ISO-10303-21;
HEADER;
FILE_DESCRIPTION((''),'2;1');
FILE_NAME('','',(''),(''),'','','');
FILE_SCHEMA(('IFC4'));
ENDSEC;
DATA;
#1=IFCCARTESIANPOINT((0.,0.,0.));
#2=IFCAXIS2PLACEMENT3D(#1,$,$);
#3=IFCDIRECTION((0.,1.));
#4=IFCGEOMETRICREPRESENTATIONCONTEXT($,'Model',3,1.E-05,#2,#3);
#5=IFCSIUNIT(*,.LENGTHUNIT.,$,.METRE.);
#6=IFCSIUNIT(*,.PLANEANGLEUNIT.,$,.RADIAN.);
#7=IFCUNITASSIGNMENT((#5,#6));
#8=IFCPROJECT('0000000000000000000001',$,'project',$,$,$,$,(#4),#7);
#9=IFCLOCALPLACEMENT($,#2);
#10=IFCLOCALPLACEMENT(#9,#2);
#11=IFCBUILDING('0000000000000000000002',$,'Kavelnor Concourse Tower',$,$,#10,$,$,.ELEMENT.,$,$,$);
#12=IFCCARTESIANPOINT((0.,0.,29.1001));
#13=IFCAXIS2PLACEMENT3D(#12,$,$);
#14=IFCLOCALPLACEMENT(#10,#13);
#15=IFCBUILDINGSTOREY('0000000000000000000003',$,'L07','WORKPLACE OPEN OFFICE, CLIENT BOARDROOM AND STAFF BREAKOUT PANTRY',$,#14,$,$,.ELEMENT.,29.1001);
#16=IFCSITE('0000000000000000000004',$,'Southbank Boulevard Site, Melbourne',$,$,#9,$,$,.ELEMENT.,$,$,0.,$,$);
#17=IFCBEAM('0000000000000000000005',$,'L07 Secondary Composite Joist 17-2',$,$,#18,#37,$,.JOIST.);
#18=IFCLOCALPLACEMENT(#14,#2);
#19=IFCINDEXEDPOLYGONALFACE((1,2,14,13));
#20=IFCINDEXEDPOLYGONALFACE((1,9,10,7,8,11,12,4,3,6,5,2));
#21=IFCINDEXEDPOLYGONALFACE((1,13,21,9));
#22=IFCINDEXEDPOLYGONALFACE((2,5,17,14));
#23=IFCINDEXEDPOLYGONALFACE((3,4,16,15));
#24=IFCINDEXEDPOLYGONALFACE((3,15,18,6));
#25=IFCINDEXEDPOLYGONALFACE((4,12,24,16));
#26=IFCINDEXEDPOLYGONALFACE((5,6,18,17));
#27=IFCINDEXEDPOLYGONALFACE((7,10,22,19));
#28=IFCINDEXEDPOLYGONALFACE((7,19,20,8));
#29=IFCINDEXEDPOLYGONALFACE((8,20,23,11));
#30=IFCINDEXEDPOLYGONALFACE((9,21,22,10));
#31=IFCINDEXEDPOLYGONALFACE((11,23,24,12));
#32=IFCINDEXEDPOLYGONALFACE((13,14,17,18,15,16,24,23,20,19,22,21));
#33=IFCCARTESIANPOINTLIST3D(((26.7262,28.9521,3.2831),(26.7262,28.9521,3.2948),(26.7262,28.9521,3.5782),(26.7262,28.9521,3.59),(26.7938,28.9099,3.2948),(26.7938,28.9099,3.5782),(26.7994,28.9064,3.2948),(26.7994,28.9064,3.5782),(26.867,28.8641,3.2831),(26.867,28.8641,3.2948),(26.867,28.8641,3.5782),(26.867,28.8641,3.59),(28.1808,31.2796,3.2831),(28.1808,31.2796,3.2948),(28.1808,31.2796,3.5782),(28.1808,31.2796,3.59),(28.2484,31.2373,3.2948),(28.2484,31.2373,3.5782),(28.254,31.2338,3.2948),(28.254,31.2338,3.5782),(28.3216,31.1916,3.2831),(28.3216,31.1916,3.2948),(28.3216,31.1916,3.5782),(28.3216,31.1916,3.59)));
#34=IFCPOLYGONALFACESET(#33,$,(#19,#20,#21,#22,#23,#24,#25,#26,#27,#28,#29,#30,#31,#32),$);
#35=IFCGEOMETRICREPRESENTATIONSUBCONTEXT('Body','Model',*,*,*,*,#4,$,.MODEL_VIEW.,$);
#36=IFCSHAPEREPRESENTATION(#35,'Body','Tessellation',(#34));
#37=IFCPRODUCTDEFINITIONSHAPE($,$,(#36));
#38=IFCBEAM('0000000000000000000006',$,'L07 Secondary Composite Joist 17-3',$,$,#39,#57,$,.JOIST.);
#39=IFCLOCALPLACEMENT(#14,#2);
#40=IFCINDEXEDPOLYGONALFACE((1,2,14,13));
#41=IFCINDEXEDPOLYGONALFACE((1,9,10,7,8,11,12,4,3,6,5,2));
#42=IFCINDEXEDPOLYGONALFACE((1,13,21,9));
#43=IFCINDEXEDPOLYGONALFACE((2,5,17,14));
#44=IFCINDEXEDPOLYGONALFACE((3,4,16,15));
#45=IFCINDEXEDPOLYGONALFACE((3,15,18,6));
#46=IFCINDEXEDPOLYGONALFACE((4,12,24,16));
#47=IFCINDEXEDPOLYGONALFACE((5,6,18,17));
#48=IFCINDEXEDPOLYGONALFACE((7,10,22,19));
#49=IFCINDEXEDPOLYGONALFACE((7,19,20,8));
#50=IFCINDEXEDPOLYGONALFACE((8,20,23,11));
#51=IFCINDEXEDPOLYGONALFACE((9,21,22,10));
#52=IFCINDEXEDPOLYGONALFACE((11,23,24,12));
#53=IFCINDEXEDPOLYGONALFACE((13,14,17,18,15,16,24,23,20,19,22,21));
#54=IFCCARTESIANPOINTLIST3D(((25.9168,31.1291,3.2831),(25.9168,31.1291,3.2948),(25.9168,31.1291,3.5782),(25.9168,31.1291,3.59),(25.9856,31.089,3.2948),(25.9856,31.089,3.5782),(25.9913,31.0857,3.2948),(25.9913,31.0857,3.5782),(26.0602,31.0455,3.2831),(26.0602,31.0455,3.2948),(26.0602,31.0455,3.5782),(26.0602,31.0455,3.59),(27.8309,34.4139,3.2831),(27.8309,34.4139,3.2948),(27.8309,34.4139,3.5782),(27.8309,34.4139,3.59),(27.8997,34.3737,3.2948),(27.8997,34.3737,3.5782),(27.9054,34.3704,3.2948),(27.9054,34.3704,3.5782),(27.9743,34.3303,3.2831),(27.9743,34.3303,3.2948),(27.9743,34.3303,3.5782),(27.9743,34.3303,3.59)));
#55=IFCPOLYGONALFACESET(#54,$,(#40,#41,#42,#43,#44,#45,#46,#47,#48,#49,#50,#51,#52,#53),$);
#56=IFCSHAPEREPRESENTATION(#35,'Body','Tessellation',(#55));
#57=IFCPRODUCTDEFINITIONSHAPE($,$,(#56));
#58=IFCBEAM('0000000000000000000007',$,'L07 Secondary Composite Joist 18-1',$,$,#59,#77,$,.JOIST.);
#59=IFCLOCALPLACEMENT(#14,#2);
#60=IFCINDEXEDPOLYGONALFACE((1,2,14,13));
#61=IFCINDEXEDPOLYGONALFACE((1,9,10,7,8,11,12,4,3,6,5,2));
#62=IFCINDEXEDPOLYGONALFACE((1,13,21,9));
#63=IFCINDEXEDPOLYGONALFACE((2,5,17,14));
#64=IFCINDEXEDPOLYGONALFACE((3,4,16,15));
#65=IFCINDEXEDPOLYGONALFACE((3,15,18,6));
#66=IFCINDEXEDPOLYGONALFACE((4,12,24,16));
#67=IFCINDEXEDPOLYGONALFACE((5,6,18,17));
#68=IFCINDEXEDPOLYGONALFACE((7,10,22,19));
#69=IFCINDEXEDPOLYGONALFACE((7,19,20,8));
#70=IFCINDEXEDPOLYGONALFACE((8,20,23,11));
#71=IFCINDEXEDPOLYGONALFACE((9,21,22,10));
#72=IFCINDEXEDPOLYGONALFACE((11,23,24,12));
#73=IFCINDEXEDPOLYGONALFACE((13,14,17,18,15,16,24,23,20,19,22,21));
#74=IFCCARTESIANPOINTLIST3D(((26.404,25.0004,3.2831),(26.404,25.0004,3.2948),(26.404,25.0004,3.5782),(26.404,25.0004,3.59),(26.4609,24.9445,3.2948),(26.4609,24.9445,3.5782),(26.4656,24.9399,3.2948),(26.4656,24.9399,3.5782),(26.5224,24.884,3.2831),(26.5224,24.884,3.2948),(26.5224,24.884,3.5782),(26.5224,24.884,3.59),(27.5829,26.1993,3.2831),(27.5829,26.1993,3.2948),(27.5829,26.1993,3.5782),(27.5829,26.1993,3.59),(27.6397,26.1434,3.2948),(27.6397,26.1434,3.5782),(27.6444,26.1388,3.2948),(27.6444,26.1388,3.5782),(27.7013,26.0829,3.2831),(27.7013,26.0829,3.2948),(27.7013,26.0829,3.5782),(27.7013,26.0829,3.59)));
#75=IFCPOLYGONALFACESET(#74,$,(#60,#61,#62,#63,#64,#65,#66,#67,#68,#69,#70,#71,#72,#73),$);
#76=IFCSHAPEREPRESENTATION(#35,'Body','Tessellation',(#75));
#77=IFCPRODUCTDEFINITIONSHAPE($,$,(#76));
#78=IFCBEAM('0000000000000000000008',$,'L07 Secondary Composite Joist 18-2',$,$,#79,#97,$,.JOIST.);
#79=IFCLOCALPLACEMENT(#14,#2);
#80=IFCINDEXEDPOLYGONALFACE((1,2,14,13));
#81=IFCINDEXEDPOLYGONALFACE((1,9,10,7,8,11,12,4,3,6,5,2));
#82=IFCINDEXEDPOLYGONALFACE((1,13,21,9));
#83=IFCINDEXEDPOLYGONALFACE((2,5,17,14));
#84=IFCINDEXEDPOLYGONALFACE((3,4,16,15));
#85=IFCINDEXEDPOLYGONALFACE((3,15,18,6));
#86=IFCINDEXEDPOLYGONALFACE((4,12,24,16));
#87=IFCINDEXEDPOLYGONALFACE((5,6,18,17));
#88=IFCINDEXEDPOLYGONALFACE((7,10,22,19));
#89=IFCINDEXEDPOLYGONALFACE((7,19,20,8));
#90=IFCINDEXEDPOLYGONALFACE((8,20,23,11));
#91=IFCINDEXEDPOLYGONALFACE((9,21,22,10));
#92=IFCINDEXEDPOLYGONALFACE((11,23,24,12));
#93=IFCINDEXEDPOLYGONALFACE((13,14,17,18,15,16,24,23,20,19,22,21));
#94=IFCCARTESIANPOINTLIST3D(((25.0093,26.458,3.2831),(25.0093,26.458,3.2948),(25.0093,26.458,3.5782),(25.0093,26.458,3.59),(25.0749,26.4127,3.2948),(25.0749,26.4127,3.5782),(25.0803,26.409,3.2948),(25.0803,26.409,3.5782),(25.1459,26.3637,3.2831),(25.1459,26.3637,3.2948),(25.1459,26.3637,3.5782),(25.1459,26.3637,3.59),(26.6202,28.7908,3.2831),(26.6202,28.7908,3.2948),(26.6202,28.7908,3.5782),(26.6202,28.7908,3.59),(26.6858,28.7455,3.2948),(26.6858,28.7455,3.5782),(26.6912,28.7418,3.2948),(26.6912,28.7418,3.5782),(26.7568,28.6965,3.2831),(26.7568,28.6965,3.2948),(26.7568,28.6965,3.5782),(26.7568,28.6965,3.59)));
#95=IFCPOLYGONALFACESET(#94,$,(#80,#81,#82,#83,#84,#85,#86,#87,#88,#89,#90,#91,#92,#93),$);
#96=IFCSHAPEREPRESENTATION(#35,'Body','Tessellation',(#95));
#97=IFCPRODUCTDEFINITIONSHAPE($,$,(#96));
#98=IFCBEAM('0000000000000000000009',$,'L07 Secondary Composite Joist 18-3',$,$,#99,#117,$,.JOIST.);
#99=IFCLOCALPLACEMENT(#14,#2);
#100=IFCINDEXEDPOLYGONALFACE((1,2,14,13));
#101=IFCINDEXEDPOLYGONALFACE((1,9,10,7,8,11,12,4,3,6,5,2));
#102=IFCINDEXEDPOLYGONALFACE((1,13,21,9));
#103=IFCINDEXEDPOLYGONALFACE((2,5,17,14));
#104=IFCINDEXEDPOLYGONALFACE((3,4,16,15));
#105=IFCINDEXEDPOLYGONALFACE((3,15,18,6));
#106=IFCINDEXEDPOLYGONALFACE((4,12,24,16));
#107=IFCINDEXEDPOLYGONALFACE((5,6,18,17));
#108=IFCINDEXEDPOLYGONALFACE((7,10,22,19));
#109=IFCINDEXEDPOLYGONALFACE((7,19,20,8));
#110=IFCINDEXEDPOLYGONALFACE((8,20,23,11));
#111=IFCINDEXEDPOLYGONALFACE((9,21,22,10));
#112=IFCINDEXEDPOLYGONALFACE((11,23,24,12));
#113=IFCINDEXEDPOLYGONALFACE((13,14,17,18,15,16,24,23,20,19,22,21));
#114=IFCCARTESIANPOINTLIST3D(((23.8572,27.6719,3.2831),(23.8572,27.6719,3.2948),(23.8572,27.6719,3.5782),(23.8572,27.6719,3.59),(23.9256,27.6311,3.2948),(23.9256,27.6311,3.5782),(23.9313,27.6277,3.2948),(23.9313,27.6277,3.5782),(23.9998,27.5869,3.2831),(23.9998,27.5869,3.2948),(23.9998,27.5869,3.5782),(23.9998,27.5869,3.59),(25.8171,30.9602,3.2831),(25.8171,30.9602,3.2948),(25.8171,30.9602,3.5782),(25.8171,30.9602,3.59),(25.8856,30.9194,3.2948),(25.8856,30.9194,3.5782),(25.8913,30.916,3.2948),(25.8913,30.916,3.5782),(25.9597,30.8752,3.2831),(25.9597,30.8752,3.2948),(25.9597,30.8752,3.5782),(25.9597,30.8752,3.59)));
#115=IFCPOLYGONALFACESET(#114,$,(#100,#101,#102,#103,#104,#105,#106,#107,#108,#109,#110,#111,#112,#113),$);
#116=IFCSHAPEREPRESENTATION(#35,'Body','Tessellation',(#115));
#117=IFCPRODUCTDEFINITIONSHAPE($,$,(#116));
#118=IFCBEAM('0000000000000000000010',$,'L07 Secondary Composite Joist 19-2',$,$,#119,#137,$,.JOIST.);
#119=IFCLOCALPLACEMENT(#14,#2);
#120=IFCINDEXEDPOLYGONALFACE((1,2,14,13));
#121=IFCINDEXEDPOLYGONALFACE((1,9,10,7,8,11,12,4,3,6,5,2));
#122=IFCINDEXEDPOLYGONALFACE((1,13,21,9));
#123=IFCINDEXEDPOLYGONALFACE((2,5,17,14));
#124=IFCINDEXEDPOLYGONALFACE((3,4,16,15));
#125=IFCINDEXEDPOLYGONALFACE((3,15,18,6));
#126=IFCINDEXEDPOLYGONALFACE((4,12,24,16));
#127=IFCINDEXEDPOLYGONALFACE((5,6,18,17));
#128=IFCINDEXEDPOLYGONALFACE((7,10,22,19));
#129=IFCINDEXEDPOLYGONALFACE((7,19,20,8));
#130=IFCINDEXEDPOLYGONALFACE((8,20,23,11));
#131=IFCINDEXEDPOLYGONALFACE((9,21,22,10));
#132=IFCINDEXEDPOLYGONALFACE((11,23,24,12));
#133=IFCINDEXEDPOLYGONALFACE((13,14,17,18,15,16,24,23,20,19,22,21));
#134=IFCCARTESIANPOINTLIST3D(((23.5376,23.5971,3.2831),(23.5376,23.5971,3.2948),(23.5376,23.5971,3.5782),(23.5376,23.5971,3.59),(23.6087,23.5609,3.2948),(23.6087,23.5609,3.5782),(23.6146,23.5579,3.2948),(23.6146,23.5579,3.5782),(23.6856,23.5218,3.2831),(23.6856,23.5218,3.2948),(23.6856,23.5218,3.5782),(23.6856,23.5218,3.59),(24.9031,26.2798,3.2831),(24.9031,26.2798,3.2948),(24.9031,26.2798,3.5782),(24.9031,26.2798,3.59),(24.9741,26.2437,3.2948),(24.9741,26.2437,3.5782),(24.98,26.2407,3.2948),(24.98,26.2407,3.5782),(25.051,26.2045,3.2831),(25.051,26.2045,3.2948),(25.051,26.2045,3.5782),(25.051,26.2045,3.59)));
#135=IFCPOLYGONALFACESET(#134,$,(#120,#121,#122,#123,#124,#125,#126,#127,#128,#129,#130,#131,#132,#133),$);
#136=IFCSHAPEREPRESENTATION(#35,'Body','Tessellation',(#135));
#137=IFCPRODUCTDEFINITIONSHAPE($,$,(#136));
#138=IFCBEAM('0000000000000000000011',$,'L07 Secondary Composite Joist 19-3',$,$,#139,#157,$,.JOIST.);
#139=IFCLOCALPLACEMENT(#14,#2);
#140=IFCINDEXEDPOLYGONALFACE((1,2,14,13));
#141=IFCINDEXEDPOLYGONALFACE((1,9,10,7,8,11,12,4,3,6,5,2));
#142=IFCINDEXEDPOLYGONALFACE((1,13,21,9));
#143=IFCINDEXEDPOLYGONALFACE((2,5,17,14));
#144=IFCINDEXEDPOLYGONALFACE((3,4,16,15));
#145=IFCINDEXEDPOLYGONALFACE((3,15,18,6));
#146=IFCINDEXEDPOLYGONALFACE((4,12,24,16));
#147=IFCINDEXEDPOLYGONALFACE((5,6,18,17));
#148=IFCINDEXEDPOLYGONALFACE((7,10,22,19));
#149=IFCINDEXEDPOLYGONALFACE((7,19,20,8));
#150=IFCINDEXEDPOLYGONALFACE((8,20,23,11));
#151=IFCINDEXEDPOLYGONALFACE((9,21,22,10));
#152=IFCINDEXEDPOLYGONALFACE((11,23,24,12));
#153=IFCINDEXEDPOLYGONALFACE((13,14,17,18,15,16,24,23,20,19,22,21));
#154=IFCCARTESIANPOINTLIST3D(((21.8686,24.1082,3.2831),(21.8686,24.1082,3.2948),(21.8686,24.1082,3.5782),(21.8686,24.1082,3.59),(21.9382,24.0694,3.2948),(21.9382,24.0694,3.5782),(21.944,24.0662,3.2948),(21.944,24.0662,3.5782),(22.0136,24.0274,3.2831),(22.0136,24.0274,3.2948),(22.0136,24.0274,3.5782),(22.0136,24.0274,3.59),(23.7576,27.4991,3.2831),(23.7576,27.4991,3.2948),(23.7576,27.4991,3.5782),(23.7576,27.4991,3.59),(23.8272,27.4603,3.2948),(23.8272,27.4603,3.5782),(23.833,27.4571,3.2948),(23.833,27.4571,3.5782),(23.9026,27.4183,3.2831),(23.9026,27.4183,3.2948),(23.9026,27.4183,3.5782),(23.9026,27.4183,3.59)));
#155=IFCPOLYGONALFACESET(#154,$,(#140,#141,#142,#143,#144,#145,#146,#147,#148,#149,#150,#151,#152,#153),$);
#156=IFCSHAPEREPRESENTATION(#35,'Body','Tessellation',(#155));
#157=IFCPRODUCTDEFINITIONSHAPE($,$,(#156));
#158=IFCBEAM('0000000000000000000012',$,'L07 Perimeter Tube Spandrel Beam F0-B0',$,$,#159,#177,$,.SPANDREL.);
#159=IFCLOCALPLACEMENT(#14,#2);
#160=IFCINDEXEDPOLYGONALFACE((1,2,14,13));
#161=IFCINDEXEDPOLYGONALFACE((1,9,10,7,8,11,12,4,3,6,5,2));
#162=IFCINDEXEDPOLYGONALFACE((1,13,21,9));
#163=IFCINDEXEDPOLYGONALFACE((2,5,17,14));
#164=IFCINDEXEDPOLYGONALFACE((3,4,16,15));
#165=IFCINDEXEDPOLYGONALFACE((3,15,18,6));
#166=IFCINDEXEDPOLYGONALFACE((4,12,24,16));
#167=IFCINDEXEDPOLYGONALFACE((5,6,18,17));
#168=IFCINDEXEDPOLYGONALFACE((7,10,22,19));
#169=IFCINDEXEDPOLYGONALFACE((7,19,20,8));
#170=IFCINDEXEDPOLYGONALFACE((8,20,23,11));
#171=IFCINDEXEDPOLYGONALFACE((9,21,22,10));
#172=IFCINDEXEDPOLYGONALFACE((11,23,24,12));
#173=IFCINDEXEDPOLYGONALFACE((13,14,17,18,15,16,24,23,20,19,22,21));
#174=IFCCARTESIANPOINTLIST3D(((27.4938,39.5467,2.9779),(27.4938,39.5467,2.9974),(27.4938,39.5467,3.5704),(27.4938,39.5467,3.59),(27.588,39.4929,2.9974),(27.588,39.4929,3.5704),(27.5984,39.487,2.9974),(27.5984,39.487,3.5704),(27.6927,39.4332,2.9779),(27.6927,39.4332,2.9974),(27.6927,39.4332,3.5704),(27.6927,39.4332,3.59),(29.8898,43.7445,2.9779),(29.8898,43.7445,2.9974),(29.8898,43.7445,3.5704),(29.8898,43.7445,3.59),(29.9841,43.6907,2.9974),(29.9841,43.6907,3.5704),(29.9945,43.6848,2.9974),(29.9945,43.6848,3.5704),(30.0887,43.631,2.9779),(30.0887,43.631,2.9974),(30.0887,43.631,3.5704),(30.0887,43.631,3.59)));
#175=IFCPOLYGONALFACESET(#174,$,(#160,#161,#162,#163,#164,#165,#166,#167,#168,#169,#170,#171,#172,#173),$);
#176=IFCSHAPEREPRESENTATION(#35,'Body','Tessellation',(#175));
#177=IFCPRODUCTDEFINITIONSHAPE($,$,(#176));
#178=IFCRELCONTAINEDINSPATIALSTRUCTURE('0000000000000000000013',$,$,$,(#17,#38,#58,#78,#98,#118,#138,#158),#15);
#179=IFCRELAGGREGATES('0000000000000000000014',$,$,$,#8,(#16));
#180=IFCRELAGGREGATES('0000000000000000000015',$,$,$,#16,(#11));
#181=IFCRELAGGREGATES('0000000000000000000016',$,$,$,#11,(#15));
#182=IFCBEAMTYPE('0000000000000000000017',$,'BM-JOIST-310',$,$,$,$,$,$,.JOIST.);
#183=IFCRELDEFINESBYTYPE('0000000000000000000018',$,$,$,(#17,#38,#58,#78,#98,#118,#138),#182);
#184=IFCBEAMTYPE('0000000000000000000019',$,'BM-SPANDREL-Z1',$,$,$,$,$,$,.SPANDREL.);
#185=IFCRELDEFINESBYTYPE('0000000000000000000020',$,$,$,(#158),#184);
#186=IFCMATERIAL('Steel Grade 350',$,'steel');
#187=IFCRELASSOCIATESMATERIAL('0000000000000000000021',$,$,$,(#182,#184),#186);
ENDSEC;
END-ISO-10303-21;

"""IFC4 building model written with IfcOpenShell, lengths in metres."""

from ifc_helpers import new_model, si_unit, direction, frame, origin, origin_2d, place, context, subcontext, project, spatial, i_section, extrude, material, material_profile, profile_set, type_object, element, save


model = new_model("IFC4")

# Units and contexts
model_context = context("Model", 3, precision=1e-05, world=origin(), true_north=direction((0.0, 1.0)))
body_context = subcontext(model_context, "Body", "Model", "MODEL_VIEW")
ifc_project = project(units=[si_unit("LENGTHUNIT", "METRE"), si_unit("PLANEANGLEUNIT", "RADIAN")], contexts=[model_context])

# Site, building, storey
site_placement = place(None, origin())
site = spatial("IfcSite", under=ifc_project, at=site_placement, Name="Southbank Boulevard Site, Melbourne", CompositionType="ELEMENT", RefElevation=0.0)
building_placement = place(site_placement, origin())
building = spatial("IfcBuilding", under=site, at=building_placement, Name="Kavelnor Concourse Tower", CompositionType="ELEMENT")
storey_placement = place(building_placement, frame((0.0, 0.0, 29.1001)))
storey = spatial("IfcBuildingStorey", under=building, at=storey_placement, Name="L07", Description="WORKPLACE OPEN OFFICE, CLIENT BOARDROOM AND STAFF BREAKOUT PANTRY", CompositionType="ELEMENT", Elevation=29.1001)

# Shared definitions
ifc_material_1 = material(Name="Steel Grade 350", Category="steel")

# Beams
ifc_material_profile_1 = material_profile(ifc_material_1, i_section(OverallWidth=0.166, OverallDepth=0.3069, WebThickness=0.0066, FlangeThickness=0.0117, at=origin_2d()), Name="310UB46")
ifc_profile_set_1 = profile_set([ifc_material_profile_1], Name="Steel Grade 350")
beam_type_1 = type_object("IfcBeamType", Name="BM-JOIST-310", PredefinedType="JOIST", material=ifc_profile_set_1)
beam_1_placement = place(storey_placement, frame((28.2512, 31.2356, 3.4365), z_axis=(-0.529991, -0.848003, 0.0), x_axis=(0.848003, -0.529991, 0.0)))
element("IfcBeam", 1, at=beam_1_placement, inside=storey, type_object=beam_type_1, Name="L07 Secondary Composite Joist 17-2", PredefinedType="JOIST", context=body_context, shape_type="SweptSolid", body=[
    extrude(i_section(OverallWidth=0.166, OverallDepth=0.3069, WebThickness=0.0066, FlangeThickness=0.0117, at=origin_2d()), origin(), (0.0, 0.0, 1.0), 2.7446),
])
beam_2_placement = place(storey_placement, frame((27.9026, 34.3721, 3.4365), z_axis=(-0.50348, -0.864007, 0.0), x_axis=(0.864007, -0.50348, 0.0)))
element("IfcBeam", 2, at=beam_2_placement, inside=storey, type_object=beam_type_1, Name="L07 Secondary Composite Joist 17-3", PredefinedType="JOIST", context=body_context, shape_type="SweptSolid", body=[
    extrude(i_section(OverallWidth=0.166, OverallDepth=0.3069, WebThickness=0.0066, FlangeThickness=0.0117, at=origin_2d()), origin(), (0.0, 0.0, 1.0), 3.8018),
])
beam_3_placement = place(storey_placement, frame((27.6421, 26.1411, 3.4365), z_axis=(-0.701129, -0.713035, 0.0), x_axis=(0.713035, -0.701129, 0.0)))
element("IfcBeam", 3, at=beam_3_placement, inside=storey, type_object=beam_type_1, Name="L07 Secondary Composite Joist 18-1", PredefinedType="JOIST", context=body_context, shape_type="SweptSolid", body=[
    extrude(i_section(OverallWidth=0.166, OverallDepth=0.3069, WebThickness=0.0066, FlangeThickness=0.0117, at=origin_2d()), origin(), (0.0, 0.0, 1.0), 1.6814),
])
beam_4_placement = place(storey_placement, frame((26.6885, 28.7437, 3.4365), z_axis=(-0.56822, -0.822877, 0.0), x_axis=(0.822877, -0.56822, 0.0)))
element("IfcBeam", 4, at=beam_4_placement, inside=storey, type_object=beam_type_1, Name="L07 Secondary Composite Joist 18-2", PredefinedType="JOIST", context=body_context, shape_type="SweptSolid", body=[
    extrude(i_section(OverallWidth=0.166, OverallDepth=0.3069, WebThickness=0.0066, FlangeThickness=0.0117, at=origin_2d()), origin(), (0.0, 0.0, 1.0), 2.835),
])
beam_5_placement = place(storey_placement, frame((25.8884, 30.9177, 3.4365), z_axis=(-0.511989, -0.858992, 0.0), x_axis=(0.858992, -0.511989, 0.0)))
element("IfcBeam", 5, at=beam_5_placement, inside=storey, type_object=beam_type_1, Name="L07 Secondary Composite Joist 18-3", PredefinedType="JOIST", context=body_context, shape_type="SweptSolid", body=[
    extrude(i_section(OverallWidth=0.166, OverallDepth=0.3069, WebThickness=0.0066, FlangeThickness=0.0117, at=origin_2d()), origin(), (0.0, 0.0, 1.0), 3.8281),
])
beam_6_placement = place(storey_placement, frame((24.9771, 26.2422, 3.4365), z_axis=(-0.453593, -0.891209, 0.0), x_axis=(0.891209, -0.453593, 0.0)))
element("IfcBeam", 6, at=beam_6_placement, inside=storey, type_object=beam_type_1, Name="L07 Secondary Composite Joist 19-2", PredefinedType="JOIST", context=body_context, shape_type="SweptSolid", body=[
    extrude(i_section(OverallWidth=0.166, OverallDepth=0.3069, WebThickness=0.0066, FlangeThickness=0.0117, at=origin_2d()), origin(), (0.0, 0.0, 1.0), 3.0103),
])
beam_7_placement = place(storey_placement, frame((23.8301, 27.4587, 3.4365), z_axis=(-0.486647, -0.873599, 0.0), x_axis=(0.873599, -0.486647, 0.0)))
element("IfcBeam", 7, at=beam_7_placement, inside=storey, type_object=beam_type_1, Name="L07 Secondary Composite Joist 19-3", PredefinedType="JOIST", context=body_context, shape_type="SweptSolid", body=[
    extrude(i_section(OverallWidth=0.166, OverallDepth=0.3069, WebThickness=0.0066, FlangeThickness=0.0117, at=origin_2d()), origin(), (0.0, 0.0, 1.0), 3.8816),
])
ifc_material_profile_2 = material_profile(ifc_material_1, i_section(OverallWidth=0.229, OverallDepth=0.6121, WebThickness=0.012, FlangeThickness=0.0195, at=origin_2d()), Name="610UB125")
ifc_profile_set_2 = profile_set([ifc_material_profile_2], Name="Steel Grade 350")
beam_type_2 = type_object("IfcBeamType", Name="BM-SPANDREL-Z1", PredefinedType="SPANDREL", material=ifc_profile_set_2)
beam_8_placement = place(storey_placement, frame((29.9893, 43.6877, 3.2839), z_axis=(-0.495715, -0.868485, 0.0), x_axis=(0.868485, -0.495715, 0.0)))
element("IfcBeam", 8, at=beam_8_placement, inside=storey, type_object=beam_type_2, Name="L07 Perimeter Tube Spandrel Beam F0-B0", PredefinedType="SPANDREL", context=body_context, shape_type="SweptSolid", body=[
    extrude(i_section(OverallWidth=0.229, OverallDepth=0.6121, WebThickness=0.012, FlangeThickness=0.0195, at=origin_2d()), origin(), (0.0, 0.0, 1.0), 4.8335),
])

save(model, "model.ifc")
